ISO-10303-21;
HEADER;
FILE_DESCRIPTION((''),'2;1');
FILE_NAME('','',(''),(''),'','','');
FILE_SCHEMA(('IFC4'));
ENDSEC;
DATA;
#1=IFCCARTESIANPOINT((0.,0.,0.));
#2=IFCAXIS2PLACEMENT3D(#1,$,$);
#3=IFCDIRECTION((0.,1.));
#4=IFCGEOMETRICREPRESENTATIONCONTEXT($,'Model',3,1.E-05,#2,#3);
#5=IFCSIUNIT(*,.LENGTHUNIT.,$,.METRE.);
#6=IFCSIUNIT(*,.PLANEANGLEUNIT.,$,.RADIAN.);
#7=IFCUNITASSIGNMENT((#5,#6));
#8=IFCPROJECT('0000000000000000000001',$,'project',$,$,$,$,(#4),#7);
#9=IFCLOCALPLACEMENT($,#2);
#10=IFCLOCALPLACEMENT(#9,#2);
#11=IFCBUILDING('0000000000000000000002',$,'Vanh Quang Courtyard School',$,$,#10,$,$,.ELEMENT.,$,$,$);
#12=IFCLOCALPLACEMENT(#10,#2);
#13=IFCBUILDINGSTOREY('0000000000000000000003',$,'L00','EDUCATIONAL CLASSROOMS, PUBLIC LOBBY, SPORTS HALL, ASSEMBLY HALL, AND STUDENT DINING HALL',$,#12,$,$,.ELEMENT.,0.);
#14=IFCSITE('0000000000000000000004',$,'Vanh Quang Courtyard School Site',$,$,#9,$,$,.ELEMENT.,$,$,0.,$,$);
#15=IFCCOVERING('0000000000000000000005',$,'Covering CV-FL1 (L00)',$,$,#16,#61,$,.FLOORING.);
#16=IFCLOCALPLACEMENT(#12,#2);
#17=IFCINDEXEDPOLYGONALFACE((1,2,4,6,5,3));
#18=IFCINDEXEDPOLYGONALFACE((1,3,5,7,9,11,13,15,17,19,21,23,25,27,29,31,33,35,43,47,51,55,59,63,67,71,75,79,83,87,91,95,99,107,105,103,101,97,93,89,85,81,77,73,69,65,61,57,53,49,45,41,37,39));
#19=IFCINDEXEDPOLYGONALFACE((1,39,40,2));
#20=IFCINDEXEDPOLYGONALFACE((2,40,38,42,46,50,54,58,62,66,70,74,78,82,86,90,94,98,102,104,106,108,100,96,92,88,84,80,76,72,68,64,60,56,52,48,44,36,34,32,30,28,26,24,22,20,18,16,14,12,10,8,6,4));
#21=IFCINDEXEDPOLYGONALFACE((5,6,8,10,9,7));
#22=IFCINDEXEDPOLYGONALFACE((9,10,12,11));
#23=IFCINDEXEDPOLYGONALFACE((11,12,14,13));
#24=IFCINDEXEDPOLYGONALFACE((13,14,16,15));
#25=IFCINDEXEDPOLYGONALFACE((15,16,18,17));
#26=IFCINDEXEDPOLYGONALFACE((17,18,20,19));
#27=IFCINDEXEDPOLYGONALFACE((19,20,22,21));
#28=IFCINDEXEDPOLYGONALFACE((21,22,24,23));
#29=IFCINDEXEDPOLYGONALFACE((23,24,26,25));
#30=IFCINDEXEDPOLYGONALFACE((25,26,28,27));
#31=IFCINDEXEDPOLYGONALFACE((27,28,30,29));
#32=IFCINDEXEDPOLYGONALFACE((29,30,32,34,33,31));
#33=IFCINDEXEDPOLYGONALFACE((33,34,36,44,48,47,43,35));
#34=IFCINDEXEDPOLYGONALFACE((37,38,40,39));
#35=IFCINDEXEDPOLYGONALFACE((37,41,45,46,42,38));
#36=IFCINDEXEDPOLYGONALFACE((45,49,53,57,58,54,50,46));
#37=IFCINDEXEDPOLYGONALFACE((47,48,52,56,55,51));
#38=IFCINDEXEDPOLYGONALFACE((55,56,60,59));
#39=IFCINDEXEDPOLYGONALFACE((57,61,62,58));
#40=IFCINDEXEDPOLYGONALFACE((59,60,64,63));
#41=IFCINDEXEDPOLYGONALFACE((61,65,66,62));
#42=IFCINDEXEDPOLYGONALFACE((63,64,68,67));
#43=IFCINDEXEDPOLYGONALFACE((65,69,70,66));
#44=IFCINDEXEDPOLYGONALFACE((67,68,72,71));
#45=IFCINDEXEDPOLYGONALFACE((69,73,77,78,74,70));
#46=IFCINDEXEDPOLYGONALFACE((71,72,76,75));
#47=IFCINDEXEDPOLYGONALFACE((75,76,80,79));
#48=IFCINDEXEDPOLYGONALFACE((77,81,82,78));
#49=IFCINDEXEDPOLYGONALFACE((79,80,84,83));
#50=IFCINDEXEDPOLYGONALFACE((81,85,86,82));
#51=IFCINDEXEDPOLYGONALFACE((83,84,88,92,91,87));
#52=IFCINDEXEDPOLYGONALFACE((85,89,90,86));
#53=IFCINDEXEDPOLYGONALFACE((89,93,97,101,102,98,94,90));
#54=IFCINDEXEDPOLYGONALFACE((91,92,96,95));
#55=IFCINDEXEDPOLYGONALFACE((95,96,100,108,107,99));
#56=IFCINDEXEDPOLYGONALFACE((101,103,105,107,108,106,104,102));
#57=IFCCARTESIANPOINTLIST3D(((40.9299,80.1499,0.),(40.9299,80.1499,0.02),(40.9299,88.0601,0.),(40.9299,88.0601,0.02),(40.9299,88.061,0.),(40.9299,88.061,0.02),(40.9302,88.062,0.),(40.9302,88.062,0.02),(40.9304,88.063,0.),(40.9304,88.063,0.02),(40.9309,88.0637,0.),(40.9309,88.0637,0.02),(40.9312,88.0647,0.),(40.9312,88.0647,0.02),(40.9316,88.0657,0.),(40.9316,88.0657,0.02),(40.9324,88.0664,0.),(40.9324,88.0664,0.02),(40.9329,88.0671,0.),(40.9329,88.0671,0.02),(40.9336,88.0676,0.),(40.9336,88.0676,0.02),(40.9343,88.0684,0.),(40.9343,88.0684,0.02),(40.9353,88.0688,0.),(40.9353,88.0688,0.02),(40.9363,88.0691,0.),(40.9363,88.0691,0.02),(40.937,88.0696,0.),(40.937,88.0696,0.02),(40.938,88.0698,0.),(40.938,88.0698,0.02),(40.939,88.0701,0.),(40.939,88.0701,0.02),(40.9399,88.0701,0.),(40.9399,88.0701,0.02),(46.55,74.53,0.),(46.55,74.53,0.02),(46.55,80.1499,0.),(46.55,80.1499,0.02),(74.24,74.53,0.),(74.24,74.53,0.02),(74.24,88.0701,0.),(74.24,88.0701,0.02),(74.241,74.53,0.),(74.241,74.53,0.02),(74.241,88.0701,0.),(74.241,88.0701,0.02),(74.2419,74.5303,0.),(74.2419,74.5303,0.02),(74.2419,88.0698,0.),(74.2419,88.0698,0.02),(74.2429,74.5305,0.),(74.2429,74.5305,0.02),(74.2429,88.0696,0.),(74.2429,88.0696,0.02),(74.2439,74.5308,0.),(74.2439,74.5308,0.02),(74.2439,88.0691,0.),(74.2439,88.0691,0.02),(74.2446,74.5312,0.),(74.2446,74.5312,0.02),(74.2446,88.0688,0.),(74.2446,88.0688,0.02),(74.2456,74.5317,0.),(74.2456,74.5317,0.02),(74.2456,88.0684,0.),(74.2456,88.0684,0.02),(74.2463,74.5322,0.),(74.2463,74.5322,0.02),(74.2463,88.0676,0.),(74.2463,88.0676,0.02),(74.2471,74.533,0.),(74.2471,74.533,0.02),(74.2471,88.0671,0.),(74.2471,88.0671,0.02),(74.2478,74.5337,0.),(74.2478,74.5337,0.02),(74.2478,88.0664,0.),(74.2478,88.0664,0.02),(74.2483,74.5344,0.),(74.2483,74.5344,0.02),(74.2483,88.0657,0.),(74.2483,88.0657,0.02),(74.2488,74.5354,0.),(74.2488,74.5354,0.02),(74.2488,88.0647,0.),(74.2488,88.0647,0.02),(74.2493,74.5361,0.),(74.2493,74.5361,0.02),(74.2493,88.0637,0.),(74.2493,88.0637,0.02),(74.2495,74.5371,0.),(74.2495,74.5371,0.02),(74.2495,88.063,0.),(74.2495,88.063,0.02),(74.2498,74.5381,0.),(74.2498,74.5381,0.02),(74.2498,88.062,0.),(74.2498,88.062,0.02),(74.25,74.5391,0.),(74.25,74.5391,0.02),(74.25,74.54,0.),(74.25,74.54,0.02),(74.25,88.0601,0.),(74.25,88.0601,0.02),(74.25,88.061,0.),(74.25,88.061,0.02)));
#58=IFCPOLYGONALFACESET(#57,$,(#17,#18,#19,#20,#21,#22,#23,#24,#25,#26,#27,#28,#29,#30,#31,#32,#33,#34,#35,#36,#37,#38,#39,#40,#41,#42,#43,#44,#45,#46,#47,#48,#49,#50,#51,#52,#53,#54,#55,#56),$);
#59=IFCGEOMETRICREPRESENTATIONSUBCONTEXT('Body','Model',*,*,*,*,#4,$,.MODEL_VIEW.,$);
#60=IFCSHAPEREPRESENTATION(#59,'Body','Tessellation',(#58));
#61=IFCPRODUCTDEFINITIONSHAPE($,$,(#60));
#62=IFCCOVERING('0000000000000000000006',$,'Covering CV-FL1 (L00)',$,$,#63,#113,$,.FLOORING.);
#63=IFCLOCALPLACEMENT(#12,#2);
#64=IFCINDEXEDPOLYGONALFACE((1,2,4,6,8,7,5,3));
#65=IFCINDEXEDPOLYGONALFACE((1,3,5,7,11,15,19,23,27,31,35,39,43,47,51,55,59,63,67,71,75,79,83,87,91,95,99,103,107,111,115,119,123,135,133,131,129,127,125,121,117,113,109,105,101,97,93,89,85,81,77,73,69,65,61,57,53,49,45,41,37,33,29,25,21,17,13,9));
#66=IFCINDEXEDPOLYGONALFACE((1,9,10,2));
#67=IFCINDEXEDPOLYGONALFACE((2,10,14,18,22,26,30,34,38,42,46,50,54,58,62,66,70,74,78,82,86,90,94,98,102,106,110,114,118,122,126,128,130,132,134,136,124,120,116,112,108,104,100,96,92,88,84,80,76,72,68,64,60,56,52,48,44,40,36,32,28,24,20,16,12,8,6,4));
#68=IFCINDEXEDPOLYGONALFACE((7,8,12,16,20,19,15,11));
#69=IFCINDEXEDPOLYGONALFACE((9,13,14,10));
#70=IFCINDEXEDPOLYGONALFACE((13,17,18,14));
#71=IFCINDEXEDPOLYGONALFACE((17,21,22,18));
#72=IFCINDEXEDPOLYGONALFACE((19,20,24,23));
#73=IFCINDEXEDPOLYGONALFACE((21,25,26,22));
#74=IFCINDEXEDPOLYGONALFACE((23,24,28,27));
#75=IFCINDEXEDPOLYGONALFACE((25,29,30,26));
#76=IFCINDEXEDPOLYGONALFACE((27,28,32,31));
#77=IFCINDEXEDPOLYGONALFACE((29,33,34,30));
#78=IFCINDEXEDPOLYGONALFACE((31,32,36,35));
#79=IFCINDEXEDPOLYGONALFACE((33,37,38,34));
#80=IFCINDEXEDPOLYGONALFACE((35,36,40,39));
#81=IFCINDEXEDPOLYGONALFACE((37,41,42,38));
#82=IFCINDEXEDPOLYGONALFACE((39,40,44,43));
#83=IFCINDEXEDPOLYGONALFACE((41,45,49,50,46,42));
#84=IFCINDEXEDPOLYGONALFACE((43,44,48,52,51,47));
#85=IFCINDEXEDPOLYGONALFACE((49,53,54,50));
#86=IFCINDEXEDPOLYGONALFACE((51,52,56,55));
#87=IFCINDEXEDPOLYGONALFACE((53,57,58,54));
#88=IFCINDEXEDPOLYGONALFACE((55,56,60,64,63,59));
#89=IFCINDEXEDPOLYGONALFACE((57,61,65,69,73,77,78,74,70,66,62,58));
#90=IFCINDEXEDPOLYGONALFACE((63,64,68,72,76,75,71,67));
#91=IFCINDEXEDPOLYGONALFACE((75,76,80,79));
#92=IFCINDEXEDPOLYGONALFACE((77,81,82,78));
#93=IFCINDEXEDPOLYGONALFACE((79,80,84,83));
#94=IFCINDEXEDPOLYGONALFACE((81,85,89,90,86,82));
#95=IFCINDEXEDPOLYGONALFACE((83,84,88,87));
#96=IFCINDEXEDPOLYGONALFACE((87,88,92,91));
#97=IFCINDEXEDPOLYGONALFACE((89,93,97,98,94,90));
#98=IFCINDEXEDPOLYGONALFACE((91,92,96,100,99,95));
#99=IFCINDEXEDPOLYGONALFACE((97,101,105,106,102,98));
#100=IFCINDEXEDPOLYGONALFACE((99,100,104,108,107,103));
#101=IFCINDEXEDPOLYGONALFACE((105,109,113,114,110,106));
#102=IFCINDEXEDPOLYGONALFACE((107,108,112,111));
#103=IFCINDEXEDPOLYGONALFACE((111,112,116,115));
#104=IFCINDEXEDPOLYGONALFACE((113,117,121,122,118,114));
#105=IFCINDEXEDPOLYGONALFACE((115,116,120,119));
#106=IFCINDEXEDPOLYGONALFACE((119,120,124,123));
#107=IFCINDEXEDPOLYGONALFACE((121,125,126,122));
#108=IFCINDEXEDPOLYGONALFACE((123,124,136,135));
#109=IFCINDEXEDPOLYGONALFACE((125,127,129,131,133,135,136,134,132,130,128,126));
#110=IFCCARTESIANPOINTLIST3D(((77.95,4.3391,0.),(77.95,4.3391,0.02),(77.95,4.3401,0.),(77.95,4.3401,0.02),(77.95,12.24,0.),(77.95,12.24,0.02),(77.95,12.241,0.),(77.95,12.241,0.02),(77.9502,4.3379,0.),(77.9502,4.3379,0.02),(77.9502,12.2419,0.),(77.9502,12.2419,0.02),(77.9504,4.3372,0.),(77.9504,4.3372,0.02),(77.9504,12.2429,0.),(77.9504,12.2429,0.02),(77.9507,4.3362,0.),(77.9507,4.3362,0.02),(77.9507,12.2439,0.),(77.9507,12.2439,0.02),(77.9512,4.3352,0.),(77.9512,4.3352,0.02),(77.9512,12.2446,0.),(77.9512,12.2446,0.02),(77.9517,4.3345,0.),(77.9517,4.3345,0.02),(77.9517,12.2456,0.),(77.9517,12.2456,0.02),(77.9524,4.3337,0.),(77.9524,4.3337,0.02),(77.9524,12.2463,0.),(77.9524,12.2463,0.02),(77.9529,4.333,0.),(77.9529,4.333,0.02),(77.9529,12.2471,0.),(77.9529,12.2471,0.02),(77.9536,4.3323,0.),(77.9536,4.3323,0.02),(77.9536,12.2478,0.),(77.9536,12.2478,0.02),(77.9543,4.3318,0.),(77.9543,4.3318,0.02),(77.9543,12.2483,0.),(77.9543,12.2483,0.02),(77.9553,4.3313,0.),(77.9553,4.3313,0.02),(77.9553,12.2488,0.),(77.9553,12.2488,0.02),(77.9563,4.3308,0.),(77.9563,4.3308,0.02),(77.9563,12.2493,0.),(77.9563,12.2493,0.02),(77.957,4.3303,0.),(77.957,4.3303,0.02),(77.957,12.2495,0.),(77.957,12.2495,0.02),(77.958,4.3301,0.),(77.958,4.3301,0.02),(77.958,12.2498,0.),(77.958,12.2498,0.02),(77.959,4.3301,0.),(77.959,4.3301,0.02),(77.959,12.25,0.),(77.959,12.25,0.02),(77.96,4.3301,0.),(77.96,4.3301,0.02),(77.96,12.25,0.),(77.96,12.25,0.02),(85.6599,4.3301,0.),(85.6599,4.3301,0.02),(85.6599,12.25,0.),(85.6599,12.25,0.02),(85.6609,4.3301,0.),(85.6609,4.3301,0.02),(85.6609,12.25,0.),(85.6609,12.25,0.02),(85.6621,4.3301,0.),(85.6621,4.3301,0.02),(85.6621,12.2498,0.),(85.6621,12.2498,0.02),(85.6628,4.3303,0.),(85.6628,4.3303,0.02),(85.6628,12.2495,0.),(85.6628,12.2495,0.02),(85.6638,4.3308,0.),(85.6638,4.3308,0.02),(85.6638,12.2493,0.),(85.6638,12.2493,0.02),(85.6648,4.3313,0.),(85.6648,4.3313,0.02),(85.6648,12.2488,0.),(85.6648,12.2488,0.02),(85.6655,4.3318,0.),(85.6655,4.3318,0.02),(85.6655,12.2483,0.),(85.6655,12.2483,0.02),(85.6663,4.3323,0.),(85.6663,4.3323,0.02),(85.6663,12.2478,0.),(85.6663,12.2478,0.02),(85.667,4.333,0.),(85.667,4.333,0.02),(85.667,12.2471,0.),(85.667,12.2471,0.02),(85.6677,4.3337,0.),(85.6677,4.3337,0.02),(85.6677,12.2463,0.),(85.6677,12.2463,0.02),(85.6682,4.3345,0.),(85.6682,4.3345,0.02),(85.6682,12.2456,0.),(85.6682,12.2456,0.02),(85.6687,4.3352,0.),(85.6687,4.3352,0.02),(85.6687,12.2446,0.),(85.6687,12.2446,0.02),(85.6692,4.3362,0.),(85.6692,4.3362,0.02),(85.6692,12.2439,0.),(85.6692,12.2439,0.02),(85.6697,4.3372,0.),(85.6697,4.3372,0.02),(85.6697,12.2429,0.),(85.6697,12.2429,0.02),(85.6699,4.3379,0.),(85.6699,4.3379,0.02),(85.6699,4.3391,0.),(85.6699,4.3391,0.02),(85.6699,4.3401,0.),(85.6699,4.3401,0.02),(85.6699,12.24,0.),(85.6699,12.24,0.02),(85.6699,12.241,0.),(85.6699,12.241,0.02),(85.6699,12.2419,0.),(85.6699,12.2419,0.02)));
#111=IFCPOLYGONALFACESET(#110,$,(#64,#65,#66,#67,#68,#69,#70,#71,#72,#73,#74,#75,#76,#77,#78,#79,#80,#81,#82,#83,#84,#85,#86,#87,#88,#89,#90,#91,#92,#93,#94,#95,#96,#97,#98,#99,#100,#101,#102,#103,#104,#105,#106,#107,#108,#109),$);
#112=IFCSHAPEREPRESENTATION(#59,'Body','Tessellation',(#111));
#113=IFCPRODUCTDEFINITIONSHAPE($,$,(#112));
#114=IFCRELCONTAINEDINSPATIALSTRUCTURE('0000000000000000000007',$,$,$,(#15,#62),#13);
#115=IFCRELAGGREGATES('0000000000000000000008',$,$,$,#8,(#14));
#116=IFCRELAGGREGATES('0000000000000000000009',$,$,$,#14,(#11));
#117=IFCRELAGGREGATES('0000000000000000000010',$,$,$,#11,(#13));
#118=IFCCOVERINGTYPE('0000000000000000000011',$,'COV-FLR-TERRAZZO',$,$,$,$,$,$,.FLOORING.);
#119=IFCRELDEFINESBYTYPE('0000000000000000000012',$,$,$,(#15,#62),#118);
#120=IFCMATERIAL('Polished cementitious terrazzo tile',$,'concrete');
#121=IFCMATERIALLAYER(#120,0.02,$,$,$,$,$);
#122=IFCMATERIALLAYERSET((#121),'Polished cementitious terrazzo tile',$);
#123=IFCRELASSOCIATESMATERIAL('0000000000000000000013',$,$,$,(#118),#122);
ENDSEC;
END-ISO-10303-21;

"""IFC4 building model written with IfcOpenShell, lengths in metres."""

from ifc_helpers import new_model, si_unit, direction, origin, place, context, subcontext, project, spatial, polyline, outline, extrude, material, layer, layer_set, type_object, element, save


model = new_model("IFC4")

# Units and contexts
model_context = context("Model", 3, precision=1e-05, world=origin(), true_north=direction((0.0, 1.0)))
body_context = subcontext(model_context, "Body", "Model", "MODEL_VIEW")
ifc_project = project(units=[si_unit("LENGTHUNIT", "METRE"), si_unit("PLANEANGLEUNIT", "RADIAN")], contexts=[model_context])

# Site, building, storey
site_placement = place(None, origin())
site = spatial("IfcSite", under=ifc_project, at=site_placement, Name="Vanh Quang Courtyard School Site", CompositionType="ELEMENT", RefElevation=0.0)
building_placement = place(site_placement, origin())
building = spatial("IfcBuilding", under=site, at=building_placement, Name="Vanh Quang Courtyard School", CompositionType="ELEMENT")
storey_placement = place(building_placement, origin())
storey = spatial("IfcBuildingStorey", under=building, at=storey_placement, Name="L00", Description="EDUCATIONAL CLASSROOMS, PUBLIC LOBBY, SPORTS HALL, ASSEMBLY HALL, AND STUDENT DINING HALL", CompositionType="ELEMENT", Elevation=0.0)

# Coverings
ifc_material_1 = material(Name="Polished cementitious terrazzo tile", Category="concrete")
ifc_layer_1 = layer(ifc_material_1, 0.02)
ifc_layer_set_1 = layer_set([ifc_layer_1], Name="Polished cementitious terrazzo tile")
covering_type = type_object("IfcCoveringType", Name="COV-FLR-TERRAZZO", PredefinedType="FLOORING", material=ifc_layer_set_1)
covering_1_placement = place(storey_placement, origin())
element("IfcCovering", 1, at=covering_1_placement, inside=storey, type_object=covering_type, Name="Covering CV-FL1 (L00)", PredefinedType="FLOORING", context=body_context, shape_type="SweptSolid", body=[
    extrude(outline(polyline([(40.9299, 88.0601), (40.9299, 88.061), (40.9302, 88.062), (40.9304, 88.063), (40.9309, 88.0637), (40.9312, 88.0647), (40.9316, 88.0657), (40.9324, 88.0664), (40.9329, 88.0671), (40.9336, 88.0676), (40.9343, 88.0684), (40.9353, 88.0688), (40.9363, 88.0691), (40.937, 88.0696), (40.938, 88.0698), (40.939, 88.0701), (40.9399, 88.0701), (74.24, 88.0701), (74.241, 88.0701), (74.2419, 88.0698), (74.2429, 88.0696), (74.2439, 88.0691), (74.2446, 88.0688), (74.2456, 88.0684), (74.2463, 88.0676), (74.2471, 88.0671), (74.2478, 88.0664), (74.2483, 88.0657), (74.2488, 88.0647), (74.2493, 88.0637), (74.2495, 88.063), (74.2498, 88.062), (74.25, 88.061), (74.25, 88.0601), (74.25, 74.54), (74.25, 74.5391), (74.2498, 74.5381), (74.2495, 74.5371), (74.2493, 74.5361), (74.2488, 74.5354), (74.2483, 74.5344), (74.2478, 74.5337), (74.2471, 74.533), (74.2463, 74.5322), (74.2456, 74.5317), (74.2446, 74.5312), (74.2439, 74.5308), (74.2429, 74.5305), (74.2419, 74.5303), (74.241, 74.53), (74.24, 74.53), (46.55, 74.53), (46.55, 80.1499), (40.9299, 80.1499), (40.9299, 88.0601)])), origin(), (0.0, 0.0, 1.0), 0.02),
])
covering_2_placement = place(storey_placement, origin())
element("IfcCovering", 2, at=covering_2_placement, inside=storey, type_object=covering_type, Name="Covering CV-FL1 (L00)", PredefinedType="FLOORING", context=body_context, shape_type="SweptSolid", body=[
    extrude(outline(polyline([(77.96, 4.3301), (77.959, 4.3301), (77.958, 4.3301), (77.957, 4.3303), (77.9563, 4.3308), (77.9553, 4.3313), (77.9543, 4.3318), (77.9536, 4.3323), (77.9529, 4.333), (77.9524, 4.3337), (77.9517, 4.3345), (77.9512, 4.3352), (77.9507, 4.3362), (77.9504, 4.3372), (77.9502, 4.3379), (77.95, 4.3391), (77.95, 4.3401), (77.95, 12.24), (77.95, 12.241), (77.9502, 12.2419), (77.9504, 12.2429), (77.9507, 12.2439), (77.9512, 12.2446), (77.9517, 12.2456), (77.9524, 12.2463), (77.9529, 12.2471), (77.9536, 12.2478), (77.9543, 12.2483), (77.9553, 12.2488), (77.9563, 12.2493), (77.957, 12.2495), (77.958, 12.2498), (77.959, 12.25), (77.96, 12.25), (85.6599, 12.25), (85.6609, 12.25), (85.6621, 12.2498), (85.6628, 12.2495), (85.6638, 12.2493), (85.6648, 12.2488), (85.6655, 12.2483), (85.6663, 12.2478), (85.667, 12.2471), (85.6677, 12.2463), (85.6682, 12.2456), (85.6687, 12.2446), (85.6692, 12.2439), (85.6697, 12.2429), (85.6699, 12.2419), (85.6699, 12.241), (85.6699, 12.24), (85.6699, 4.3401), (85.6699, 4.3391), (85.6699, 4.3379), (85.6697, 4.3372), (85.6692, 4.3362), (85.6687, 4.3352), (85.6682, 4.3345), (85.6677, 4.3337), (85.667, 4.333), (85.6663, 4.3323), (85.6655, 4.3318), (85.6648, 4.3313), (85.6638, 4.3308), (85.6628, 4.3303), (85.6621, 4.3301), (85.6609, 4.3301), (85.6599, 4.3301), (77.96, 4.3301)])), origin(), (0.0, 0.0, 1.0), 0.02),
])

save(model, "model.ifc")
